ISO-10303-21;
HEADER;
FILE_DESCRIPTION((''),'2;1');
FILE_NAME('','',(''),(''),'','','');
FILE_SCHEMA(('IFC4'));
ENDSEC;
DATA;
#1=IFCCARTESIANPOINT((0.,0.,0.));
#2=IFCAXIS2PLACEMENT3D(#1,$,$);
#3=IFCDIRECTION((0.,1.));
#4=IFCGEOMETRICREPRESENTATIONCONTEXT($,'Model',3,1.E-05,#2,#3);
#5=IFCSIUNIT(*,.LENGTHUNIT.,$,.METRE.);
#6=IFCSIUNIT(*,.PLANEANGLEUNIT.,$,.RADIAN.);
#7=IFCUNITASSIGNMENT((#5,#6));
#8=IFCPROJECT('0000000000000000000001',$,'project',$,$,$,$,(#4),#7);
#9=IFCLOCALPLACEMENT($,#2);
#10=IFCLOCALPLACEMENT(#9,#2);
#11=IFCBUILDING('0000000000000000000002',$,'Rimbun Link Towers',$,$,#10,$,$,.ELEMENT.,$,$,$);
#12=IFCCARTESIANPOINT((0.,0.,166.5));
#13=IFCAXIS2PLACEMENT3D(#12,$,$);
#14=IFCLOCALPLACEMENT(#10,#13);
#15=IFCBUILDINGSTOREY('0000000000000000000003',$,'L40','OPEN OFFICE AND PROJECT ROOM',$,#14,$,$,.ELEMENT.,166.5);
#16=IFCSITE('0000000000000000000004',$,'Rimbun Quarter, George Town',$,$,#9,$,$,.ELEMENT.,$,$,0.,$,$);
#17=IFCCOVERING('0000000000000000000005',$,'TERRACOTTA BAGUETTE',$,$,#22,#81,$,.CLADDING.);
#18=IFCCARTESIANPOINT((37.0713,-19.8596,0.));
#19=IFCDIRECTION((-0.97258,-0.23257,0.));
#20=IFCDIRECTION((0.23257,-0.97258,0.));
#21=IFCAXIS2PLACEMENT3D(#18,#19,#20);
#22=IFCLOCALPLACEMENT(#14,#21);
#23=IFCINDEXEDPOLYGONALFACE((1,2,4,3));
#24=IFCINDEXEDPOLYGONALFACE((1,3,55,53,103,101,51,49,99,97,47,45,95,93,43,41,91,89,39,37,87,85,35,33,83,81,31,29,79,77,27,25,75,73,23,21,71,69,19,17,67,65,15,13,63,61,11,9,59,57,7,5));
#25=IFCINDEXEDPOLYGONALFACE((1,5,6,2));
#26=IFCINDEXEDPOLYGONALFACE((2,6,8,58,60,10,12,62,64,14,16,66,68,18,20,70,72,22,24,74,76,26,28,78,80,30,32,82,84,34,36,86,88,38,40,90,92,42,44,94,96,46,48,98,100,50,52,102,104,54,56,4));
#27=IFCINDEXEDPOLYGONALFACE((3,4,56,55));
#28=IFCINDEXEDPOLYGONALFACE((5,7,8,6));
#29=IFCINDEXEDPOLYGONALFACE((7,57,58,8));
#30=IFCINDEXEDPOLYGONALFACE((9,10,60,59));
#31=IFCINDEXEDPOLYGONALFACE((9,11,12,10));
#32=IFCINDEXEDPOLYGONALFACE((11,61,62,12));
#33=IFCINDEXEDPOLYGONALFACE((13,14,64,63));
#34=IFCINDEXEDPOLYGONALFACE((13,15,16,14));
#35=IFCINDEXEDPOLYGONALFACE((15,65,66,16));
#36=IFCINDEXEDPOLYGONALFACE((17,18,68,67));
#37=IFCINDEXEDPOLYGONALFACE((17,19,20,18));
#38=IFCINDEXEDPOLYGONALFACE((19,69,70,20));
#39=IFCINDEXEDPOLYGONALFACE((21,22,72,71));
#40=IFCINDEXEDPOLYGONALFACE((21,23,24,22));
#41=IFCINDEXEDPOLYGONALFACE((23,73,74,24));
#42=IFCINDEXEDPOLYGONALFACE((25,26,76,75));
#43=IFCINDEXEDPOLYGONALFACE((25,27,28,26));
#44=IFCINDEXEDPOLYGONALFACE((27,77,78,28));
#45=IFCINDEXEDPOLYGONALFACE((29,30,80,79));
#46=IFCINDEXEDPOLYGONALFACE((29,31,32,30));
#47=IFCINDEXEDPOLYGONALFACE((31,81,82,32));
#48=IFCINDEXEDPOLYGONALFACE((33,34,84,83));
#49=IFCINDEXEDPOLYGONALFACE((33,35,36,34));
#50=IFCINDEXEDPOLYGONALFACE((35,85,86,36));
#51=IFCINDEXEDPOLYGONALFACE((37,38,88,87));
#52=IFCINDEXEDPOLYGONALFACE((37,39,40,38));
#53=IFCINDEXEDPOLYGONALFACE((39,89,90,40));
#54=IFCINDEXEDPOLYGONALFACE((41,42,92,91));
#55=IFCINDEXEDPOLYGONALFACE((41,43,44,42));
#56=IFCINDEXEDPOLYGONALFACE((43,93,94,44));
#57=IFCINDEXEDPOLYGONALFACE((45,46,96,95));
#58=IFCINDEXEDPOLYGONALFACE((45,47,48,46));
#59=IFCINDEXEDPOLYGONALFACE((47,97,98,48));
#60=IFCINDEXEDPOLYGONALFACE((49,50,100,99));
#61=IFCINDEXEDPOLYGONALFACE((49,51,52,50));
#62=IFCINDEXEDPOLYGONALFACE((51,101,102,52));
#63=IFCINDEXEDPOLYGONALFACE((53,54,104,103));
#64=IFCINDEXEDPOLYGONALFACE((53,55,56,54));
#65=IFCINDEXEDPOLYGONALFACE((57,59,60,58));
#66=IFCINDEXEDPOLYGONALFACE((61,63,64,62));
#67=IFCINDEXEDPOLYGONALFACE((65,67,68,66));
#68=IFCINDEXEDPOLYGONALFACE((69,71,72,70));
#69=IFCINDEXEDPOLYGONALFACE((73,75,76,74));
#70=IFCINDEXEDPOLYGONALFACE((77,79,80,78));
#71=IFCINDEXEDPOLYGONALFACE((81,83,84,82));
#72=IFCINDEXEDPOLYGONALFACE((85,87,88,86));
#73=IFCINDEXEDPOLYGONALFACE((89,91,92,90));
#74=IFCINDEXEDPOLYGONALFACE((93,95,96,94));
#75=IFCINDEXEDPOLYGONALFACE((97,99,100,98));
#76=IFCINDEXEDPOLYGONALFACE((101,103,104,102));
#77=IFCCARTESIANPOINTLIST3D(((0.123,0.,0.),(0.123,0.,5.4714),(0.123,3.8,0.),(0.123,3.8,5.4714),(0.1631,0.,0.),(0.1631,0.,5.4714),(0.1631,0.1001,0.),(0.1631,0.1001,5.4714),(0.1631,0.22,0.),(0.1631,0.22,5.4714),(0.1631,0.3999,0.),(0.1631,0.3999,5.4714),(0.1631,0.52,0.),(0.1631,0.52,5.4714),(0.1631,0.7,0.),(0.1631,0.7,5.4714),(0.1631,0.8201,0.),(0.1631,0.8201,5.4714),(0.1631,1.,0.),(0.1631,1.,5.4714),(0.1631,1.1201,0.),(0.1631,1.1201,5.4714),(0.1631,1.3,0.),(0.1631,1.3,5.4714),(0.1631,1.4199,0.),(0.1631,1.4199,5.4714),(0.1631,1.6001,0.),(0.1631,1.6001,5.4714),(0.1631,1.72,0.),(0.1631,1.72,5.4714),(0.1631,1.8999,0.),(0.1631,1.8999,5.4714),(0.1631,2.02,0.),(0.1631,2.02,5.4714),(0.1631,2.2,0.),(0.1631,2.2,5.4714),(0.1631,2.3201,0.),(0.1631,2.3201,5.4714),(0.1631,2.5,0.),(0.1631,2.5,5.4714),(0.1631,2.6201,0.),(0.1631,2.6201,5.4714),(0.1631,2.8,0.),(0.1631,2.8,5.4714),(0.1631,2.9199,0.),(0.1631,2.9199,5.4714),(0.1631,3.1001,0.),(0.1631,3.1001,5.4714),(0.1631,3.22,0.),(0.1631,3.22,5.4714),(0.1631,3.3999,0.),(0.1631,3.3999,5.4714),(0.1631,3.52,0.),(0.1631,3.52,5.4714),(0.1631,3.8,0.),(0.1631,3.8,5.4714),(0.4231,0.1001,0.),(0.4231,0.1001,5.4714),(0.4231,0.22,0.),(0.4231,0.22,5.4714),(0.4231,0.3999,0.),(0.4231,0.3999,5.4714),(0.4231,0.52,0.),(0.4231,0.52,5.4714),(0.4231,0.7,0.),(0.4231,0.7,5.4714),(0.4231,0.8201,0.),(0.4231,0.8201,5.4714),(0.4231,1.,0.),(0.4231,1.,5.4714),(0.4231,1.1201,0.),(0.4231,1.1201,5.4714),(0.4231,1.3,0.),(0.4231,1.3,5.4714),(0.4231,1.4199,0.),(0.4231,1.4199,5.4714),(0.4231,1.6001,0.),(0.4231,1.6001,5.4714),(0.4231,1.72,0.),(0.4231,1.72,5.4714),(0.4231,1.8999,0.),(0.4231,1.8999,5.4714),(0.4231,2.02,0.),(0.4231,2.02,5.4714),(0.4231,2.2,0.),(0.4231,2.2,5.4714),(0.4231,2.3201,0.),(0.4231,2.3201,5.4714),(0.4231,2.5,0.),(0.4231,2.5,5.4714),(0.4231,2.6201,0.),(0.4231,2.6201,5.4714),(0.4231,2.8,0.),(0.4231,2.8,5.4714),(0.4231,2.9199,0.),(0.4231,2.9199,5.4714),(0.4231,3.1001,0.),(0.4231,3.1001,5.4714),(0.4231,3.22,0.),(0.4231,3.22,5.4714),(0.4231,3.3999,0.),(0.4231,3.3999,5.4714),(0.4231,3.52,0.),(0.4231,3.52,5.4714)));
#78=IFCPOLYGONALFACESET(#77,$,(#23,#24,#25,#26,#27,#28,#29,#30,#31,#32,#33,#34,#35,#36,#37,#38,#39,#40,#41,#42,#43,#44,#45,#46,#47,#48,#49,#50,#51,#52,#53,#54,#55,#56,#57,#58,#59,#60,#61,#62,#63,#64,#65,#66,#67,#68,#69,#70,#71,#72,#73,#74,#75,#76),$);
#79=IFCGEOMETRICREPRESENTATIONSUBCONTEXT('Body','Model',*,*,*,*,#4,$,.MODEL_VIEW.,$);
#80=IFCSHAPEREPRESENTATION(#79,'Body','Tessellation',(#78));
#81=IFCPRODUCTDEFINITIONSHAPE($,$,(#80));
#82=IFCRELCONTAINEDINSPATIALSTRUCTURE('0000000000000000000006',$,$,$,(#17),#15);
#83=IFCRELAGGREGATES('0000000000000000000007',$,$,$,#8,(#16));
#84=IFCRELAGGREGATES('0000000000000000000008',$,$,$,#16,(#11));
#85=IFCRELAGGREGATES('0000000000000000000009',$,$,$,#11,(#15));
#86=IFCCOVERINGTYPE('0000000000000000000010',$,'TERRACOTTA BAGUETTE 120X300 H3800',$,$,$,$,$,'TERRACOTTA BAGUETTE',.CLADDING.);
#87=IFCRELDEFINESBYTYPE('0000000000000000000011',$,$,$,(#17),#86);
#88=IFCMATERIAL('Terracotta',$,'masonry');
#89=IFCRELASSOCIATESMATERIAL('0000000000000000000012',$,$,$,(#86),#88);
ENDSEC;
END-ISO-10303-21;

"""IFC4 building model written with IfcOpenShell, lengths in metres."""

from ifc_helpers import new_model, si_unit, direction, frame, origin, place, context, subcontext, project, spatial, polyline, outline, extrude, material, material_profile, profile_set, type_object, element, save


model = new_model("IFC4")

# Units and contexts
model_context = context("Model", 3, precision=1e-05, world=origin(), true_north=direction((0.0, 1.0)))
body_context = subcontext(model_context, "Body", "Model", "MODEL_VIEW")
ifc_project = project(units=[si_unit("LENGTHUNIT", "METRE"), si_unit("PLANEANGLEUNIT", "RADIAN")], contexts=[model_context])

# Site, building, storey
site_placement = place(None, origin())
site = spatial("IfcSite", under=ifc_project, at=site_placement, Name="Rimbun Quarter, George Town", CompositionType="ELEMENT", RefElevation=0.0)
building_placement = place(site_placement, origin())
building = spatial("IfcBuilding", under=site, at=building_placement, Name="Rimbun Link Towers", CompositionType="ELEMENT")
storey_placement = place(building_placement, frame((0.0, 0.0, 166.5)))
storey = spatial("IfcBuildingStorey", under=building, at=storey_placement, Name="L40", Description="OPEN OFFICE AND PROJECT ROOM", CompositionType="ELEMENT", Elevation=166.5)

# Covering
ifc_material_1 = material(Name="Terracotta", Category="masonry")
ifc_material_profile_1 = material_profile(ifc_material_1, outline(polyline([(0.123, 0.0), (0.1631, 0.0), (0.1631, 0.1001), (0.4231, 0.1001), (0.4231, 0.22), (0.1631, 0.22), (0.1631, 0.3999), (0.4231, 0.3999), (0.4231, 0.52), (0.1631, 0.52), (0.1631, 0.7), (0.4231, 0.7), (0.4231, 0.8201), (0.1631, 0.8201), (0.1631, 1.0), (0.4231, 1.0), (0.4231, 1.1201), (0.1631, 1.1201), (0.1631, 1.3), (0.4231, 1.3), (0.4231, 1.4199), (0.1631, 1.4199), (0.1631, 1.6001), (0.4231, 1.6001), (0.4231, 1.72), (0.1631, 1.72), (0.1631, 1.8999), (0.4231, 1.8999), (0.4231, 2.02), (0.1631, 2.02), (0.1631, 2.2), (0.4231, 2.2), (0.4231, 2.3201), (0.1631, 2.3201), (0.1631, 2.5), (0.4231, 2.5), (0.4231, 2.6201), (0.1631, 2.6201), (0.1631, 2.8), (0.4231, 2.8), (0.4231, 2.9199), (0.1631, 2.9199), (0.1631, 3.1001), (0.4231, 3.1001), (0.4231, 3.22), (0.1631, 3.22), (0.1631, 3.3999), (0.4231, 3.3999), (0.4231, 3.52), (0.1631, 3.52), (0.1631, 3.8), (0.123, 3.8), (0.123, 0.0)])), Name="BAGUETTE 120X300")
ifc_profile_set_1 = profile_set([ifc_material_profile_1], Name="Terracotta")
covering_type = type_object("IfcCoveringType", Name="TERRACOTTA BAGUETTE 120X300 H3800", ElementType="TERRACOTTA BAGUETTE", PredefinedType="CLADDING", material=ifc_profile_set_1)
covering_1_placement = place(storey_placement, frame((37.0713, -19.8596, 0.0), z_axis=(-0.97258, -0.23257, 0.0), x_axis=(0.23257, -0.97258, 0.0)))
element("IfcCovering", 1, at=covering_1_placement, inside=storey, type_object=covering_type, Name="TERRACOTTA BAGUETTE", PredefinedType="CLADDING", context=body_context, shape_type="SweptSolid", body=[
    extrude(outline(polyline([(0.123, 0.0), (0.1631, 0.0), (0.1631, 0.1001), (0.4231, 0.1001), (0.4231, 0.22), (0.1631, 0.22), (0.1631, 0.3999), (0.4231, 0.3999), (0.4231, 0.52), (0.1631, 0.52), (0.1631, 0.7), (0.4231, 0.7), (0.4231, 0.8201), (0.1631, 0.8201), (0.1631, 1.0), (0.4231, 1.0), (0.4231, 1.1201), (0.1631, 1.1201), (0.1631, 1.3), (0.4231, 1.3), (0.4231, 1.4199), (0.1631, 1.4199), (0.1631, 1.6001), (0.4231, 1.6001), (0.4231, 1.72), (0.1631, 1.72), (0.1631, 1.8999), (0.4231, 1.8999), (0.4231, 2.02), (0.1631, 2.02), (0.1631, 2.2), (0.4231, 2.2), (0.4231, 2.3201), (0.1631, 2.3201), (0.1631, 2.5), (0.4231, 2.5), (0.4231, 2.6201), (0.1631, 2.6201), (0.1631, 2.8), (0.4231, 2.8), (0.4231, 2.9199), (0.1631, 2.9199), (0.1631, 3.1001), (0.4231, 3.1001), (0.4231, 3.22), (0.1631, 3.22), (0.1631, 3.3999), (0.4231, 3.3999), (0.4231, 3.52), (0.1631, 3.52), (0.1631, 3.8), (0.123, 3.8), (0.123, 0.0)])), origin(), (0.0, 0.0, 1.0), 5.4714),
])

save(model, "model.ifc")
